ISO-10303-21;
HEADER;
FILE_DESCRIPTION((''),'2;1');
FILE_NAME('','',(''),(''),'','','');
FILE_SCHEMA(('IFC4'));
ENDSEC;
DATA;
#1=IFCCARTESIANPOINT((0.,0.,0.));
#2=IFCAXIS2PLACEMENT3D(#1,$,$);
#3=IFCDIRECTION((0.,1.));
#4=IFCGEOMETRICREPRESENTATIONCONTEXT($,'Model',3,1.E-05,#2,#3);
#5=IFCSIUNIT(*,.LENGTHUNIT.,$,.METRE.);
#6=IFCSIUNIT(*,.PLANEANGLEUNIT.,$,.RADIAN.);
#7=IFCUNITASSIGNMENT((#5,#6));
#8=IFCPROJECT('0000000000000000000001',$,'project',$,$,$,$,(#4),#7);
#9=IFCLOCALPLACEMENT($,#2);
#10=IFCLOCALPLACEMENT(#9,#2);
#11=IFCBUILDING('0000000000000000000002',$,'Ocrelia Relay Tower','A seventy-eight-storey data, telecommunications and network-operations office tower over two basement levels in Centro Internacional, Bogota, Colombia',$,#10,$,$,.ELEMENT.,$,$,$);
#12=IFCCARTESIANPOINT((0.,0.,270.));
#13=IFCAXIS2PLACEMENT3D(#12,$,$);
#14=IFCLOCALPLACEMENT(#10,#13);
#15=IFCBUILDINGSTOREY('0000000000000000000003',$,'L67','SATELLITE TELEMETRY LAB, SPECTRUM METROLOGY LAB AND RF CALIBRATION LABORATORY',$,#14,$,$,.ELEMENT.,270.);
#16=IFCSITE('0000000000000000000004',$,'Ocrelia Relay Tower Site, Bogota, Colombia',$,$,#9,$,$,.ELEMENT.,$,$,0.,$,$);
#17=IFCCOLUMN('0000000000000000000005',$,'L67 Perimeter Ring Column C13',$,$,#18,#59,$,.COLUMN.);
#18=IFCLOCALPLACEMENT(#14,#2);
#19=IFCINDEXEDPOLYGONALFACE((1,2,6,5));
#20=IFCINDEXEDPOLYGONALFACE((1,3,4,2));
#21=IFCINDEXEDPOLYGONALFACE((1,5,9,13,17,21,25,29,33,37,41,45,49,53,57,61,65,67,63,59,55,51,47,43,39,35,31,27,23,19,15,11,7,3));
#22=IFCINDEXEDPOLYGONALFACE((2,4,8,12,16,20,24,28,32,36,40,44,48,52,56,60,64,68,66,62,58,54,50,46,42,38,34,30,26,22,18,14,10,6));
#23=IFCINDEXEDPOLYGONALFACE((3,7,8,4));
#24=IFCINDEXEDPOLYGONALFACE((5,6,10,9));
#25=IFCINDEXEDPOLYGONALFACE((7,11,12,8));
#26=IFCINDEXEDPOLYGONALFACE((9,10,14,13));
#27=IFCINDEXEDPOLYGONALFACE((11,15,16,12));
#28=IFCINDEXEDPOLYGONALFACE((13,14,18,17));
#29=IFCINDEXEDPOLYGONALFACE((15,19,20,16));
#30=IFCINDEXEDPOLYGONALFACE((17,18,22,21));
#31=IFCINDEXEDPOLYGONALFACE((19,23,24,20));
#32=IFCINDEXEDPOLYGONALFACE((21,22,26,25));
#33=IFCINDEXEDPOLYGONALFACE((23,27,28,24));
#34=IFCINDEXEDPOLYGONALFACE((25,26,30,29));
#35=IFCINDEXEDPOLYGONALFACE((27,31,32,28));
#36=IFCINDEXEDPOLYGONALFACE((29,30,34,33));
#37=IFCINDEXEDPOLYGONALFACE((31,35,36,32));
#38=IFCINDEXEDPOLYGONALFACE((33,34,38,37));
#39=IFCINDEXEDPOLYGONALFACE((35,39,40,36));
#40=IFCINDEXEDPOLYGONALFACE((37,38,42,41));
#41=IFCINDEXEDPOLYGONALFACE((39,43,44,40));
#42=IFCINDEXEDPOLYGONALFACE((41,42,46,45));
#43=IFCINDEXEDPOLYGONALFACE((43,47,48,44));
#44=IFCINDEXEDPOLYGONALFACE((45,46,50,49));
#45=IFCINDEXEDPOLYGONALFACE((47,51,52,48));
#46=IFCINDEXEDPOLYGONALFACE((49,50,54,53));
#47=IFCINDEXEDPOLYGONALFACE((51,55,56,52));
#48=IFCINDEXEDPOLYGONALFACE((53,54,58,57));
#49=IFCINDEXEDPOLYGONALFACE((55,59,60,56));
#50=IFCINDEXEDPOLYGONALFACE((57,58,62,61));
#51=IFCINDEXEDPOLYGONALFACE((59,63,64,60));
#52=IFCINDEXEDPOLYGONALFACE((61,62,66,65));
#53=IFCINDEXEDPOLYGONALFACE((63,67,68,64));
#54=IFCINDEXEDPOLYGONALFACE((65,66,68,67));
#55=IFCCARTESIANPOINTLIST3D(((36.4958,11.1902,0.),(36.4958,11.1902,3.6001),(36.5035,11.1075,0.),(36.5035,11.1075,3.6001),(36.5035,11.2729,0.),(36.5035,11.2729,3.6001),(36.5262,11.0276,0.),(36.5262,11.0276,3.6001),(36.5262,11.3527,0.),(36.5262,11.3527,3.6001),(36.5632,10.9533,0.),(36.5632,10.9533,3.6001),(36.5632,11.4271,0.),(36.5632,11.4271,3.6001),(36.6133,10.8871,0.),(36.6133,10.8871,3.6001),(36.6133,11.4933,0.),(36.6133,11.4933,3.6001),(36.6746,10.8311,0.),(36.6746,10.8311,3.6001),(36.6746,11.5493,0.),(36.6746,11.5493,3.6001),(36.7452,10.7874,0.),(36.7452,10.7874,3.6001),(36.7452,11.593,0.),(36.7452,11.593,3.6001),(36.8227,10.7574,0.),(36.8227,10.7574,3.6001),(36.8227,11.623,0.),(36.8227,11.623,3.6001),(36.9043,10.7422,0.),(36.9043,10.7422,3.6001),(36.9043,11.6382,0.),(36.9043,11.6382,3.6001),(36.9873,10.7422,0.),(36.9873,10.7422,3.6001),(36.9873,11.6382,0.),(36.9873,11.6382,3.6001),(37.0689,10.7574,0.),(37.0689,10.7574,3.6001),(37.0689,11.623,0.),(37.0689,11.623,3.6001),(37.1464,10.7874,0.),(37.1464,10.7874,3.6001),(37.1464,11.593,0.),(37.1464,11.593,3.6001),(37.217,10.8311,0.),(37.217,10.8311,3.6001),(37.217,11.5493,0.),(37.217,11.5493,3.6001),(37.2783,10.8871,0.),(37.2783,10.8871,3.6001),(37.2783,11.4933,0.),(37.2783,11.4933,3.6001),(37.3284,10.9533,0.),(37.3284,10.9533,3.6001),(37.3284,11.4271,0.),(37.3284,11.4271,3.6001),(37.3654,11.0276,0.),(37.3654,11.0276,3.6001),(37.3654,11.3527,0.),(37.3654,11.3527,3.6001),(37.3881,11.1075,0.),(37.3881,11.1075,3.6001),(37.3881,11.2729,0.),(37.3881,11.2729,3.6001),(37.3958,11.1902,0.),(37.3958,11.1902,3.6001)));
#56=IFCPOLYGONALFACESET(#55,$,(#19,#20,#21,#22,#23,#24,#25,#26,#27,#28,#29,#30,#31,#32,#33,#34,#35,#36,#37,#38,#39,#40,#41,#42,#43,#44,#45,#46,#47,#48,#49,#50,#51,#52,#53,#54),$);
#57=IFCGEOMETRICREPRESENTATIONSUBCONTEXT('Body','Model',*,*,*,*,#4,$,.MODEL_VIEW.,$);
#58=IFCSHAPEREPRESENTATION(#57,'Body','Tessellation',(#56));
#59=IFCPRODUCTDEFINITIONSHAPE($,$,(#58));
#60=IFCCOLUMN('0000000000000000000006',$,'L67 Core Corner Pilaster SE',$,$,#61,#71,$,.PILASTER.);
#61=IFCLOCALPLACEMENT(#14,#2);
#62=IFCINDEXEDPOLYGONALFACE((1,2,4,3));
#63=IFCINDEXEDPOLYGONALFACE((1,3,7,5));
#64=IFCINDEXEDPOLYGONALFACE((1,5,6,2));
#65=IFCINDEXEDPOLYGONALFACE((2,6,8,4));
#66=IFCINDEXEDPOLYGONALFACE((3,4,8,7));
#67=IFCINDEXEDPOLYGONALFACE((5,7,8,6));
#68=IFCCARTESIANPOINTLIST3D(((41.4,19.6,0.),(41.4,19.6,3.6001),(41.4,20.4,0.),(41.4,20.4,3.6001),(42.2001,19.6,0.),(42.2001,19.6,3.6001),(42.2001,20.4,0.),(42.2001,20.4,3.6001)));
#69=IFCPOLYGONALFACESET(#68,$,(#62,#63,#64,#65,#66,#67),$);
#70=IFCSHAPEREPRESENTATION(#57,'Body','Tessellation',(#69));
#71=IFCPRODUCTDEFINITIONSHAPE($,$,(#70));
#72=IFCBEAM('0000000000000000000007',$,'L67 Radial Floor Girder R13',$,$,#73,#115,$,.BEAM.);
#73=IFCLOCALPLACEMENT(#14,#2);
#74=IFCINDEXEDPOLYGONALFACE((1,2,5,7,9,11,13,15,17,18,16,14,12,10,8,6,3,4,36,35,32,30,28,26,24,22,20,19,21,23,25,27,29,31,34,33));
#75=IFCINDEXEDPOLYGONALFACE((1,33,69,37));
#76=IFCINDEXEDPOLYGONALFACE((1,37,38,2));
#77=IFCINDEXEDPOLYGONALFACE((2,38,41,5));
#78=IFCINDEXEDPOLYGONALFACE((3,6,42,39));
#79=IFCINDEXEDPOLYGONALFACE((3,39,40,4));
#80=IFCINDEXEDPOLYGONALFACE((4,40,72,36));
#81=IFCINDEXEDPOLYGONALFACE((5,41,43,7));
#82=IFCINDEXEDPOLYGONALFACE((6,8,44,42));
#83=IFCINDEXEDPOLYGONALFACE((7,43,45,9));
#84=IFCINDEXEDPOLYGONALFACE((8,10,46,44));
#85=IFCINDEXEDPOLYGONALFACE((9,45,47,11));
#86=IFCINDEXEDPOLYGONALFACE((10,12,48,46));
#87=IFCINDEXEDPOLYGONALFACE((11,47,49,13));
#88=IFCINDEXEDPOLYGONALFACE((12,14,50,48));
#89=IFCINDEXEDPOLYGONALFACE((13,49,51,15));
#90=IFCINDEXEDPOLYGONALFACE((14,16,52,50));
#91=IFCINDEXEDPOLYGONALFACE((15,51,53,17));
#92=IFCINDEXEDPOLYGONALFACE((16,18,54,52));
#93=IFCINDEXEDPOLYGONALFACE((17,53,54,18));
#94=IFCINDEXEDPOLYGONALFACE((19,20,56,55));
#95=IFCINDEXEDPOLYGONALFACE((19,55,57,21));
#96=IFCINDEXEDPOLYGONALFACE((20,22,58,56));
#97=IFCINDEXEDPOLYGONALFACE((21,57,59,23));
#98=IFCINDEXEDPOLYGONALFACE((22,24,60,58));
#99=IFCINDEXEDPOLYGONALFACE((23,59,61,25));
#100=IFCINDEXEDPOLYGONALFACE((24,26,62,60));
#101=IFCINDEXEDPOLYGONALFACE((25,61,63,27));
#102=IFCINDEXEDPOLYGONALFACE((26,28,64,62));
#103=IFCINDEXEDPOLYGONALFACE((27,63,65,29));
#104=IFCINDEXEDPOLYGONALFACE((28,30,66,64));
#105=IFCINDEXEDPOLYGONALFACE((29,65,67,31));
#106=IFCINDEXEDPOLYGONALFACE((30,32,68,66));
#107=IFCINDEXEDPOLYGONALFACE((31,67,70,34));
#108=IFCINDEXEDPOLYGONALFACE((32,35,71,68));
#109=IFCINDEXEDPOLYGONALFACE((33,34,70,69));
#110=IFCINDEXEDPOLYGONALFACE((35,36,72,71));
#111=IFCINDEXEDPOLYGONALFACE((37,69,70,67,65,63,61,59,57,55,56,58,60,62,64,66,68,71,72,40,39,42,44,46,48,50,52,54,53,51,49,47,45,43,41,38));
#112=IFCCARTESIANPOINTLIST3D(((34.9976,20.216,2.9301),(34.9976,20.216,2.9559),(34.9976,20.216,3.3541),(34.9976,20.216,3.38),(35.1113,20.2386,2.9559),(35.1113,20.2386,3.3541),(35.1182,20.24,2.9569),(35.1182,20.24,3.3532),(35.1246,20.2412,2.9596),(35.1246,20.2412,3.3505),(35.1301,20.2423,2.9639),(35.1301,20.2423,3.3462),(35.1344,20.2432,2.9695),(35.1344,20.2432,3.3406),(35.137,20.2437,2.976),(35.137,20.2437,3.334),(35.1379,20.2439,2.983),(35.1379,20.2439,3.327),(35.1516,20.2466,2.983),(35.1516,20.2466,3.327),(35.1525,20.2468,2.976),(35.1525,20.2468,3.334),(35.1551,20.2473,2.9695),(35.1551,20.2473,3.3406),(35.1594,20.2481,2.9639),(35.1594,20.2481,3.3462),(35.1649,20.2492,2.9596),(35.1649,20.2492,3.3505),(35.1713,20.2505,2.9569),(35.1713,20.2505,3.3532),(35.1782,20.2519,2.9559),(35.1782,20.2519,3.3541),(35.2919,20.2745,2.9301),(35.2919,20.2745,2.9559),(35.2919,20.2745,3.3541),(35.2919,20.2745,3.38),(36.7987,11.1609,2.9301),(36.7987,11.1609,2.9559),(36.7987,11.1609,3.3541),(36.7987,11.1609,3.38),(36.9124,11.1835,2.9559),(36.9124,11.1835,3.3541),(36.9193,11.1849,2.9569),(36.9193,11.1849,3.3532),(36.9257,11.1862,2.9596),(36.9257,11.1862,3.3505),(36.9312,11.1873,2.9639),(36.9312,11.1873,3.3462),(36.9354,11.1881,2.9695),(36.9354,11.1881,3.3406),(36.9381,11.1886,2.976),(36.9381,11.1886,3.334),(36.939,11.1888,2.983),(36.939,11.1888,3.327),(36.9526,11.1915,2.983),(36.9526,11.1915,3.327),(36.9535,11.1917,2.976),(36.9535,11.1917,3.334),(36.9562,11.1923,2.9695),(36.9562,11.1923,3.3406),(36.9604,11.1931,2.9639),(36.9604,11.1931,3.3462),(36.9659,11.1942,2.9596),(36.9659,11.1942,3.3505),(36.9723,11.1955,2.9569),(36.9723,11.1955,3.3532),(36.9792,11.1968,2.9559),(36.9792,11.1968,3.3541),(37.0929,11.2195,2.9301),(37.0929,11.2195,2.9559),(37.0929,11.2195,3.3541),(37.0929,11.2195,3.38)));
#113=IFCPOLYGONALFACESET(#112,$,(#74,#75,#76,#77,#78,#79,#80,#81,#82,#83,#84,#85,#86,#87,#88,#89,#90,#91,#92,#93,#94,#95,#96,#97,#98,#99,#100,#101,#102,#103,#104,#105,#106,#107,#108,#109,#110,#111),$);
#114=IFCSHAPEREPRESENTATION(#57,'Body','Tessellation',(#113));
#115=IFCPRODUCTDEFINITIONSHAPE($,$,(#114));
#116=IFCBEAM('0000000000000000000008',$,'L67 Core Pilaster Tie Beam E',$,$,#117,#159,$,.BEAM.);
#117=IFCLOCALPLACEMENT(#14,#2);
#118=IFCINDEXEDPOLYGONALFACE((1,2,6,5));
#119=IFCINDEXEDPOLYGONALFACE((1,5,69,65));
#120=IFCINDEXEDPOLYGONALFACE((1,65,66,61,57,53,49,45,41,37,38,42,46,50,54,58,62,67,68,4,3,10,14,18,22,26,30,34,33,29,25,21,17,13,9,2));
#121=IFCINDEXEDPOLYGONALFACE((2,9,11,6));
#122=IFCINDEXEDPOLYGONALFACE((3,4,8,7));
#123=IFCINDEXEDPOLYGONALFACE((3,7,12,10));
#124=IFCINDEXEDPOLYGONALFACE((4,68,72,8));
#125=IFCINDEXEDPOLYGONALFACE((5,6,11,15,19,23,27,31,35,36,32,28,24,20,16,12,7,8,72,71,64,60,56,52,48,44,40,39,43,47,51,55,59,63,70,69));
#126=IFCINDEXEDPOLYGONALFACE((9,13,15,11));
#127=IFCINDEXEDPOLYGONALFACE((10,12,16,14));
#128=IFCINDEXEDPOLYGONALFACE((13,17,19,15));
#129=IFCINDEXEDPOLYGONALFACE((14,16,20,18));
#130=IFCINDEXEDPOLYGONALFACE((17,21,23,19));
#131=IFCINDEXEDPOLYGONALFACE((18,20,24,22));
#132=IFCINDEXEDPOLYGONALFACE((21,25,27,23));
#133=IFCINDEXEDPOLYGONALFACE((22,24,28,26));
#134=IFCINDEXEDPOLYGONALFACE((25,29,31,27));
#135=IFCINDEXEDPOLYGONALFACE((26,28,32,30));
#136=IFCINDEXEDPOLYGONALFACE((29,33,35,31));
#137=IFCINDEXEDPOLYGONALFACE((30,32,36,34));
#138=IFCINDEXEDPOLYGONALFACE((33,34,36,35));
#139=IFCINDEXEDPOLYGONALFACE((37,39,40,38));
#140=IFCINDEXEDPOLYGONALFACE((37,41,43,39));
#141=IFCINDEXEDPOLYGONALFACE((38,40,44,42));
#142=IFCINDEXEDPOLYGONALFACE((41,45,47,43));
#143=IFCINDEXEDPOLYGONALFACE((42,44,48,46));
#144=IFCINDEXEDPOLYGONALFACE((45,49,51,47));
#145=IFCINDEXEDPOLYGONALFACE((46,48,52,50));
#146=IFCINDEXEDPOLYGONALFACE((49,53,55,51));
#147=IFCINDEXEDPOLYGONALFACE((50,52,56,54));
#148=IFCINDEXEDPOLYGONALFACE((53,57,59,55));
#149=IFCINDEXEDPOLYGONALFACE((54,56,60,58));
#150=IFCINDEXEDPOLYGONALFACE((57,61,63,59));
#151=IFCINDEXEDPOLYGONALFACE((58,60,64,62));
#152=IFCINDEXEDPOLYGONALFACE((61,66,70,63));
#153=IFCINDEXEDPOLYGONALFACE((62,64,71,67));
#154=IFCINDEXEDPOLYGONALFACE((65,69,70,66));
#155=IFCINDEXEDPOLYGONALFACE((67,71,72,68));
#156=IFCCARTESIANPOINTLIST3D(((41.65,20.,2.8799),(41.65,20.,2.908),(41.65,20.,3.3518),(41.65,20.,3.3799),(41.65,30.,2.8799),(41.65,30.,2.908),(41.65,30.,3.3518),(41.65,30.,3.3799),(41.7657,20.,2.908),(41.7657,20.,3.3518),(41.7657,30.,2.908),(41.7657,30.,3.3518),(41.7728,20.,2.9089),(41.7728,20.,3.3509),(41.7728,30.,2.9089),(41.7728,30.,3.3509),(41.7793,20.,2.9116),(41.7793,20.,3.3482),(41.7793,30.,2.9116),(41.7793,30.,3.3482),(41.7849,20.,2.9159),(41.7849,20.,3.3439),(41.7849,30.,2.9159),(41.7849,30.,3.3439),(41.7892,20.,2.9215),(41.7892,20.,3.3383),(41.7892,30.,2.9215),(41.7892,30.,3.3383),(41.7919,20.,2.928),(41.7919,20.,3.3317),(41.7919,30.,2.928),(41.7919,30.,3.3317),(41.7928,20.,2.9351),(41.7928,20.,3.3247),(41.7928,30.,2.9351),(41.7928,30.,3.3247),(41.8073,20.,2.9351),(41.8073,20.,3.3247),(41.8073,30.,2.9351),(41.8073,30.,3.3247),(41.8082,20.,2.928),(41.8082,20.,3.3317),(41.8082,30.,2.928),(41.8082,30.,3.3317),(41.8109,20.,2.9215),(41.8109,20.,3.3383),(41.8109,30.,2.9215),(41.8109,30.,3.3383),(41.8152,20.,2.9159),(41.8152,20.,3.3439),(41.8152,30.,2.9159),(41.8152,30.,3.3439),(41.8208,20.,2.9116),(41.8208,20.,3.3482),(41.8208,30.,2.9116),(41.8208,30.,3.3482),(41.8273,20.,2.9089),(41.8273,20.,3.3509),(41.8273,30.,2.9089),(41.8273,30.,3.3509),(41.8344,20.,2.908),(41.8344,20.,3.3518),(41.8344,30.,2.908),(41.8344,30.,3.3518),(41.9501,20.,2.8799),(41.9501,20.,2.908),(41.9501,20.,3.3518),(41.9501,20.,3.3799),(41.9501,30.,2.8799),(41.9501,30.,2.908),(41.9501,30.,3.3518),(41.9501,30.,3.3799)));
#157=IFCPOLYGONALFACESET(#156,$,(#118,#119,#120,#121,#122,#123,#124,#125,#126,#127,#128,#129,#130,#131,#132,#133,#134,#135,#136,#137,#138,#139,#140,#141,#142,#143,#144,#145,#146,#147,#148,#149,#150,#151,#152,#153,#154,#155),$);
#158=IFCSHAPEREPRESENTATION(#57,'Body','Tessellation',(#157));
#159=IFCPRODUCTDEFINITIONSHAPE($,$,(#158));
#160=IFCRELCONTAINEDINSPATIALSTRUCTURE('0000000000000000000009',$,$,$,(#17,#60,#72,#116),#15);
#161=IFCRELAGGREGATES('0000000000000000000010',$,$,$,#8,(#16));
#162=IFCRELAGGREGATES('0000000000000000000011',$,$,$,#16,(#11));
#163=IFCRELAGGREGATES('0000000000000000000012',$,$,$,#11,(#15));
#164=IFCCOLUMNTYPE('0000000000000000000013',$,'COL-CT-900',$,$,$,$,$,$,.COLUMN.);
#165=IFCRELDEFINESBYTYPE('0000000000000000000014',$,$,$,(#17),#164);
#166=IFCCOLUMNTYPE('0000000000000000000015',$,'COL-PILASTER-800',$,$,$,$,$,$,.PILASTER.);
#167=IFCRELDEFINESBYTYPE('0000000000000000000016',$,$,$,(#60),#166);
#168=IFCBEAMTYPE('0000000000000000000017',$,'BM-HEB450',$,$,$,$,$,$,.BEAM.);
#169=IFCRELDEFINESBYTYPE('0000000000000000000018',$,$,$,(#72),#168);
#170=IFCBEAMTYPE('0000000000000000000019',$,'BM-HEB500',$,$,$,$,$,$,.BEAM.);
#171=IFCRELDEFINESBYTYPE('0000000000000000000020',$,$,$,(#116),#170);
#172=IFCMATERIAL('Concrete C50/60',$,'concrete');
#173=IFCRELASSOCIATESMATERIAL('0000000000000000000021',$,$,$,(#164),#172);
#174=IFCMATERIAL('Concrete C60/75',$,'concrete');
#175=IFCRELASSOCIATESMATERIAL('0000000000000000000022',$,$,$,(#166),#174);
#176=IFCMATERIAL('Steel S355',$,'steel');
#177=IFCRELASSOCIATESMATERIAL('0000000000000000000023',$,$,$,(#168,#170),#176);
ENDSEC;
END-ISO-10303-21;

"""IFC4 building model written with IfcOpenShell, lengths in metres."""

from ifc_helpers import new_model, si_unit, direction, frame, origin, origin_2d, place, context, subcontext, project, spatial, rectangle, circle, i_section, extrude, material, material_profile, profile_set, type_object, element, save


model = new_model("IFC4")

# Units and contexts
model_context = context("Model", 3, precision=1e-05, world=origin(), true_north=direction((0.0, 1.0)))
body_context = subcontext(model_context, "Body", "Model", "MODEL_VIEW")
ifc_project = project(units=[si_unit("LENGTHUNIT", "METRE"), si_unit("PLANEANGLEUNIT", "RADIAN")], contexts=[model_context])

# Site, building, storey
site_placement = place(None, origin())
site = spatial("IfcSite", under=ifc_project, at=site_placement, Name="Ocrelia Relay Tower Site, Bogota, Colombia", CompositionType="ELEMENT", RefElevation=0.0)
building_placement = place(site_placement, origin())
building = spatial("IfcBuilding", under=site, at=building_placement, Name="Ocrelia Relay Tower", Description="A seventy-eight-storey data, telecommunications and network-operations office tower over two basement levels in Centro Internacional, Bogota, Colombia", CompositionType="ELEMENT")
storey_placement = place(building_placement, frame((0.0, 0.0, 270.0)))
storey = spatial("IfcBuildingStorey", under=building, at=storey_placement, Name="L67", Description="SATELLITE TELEMETRY LAB, SPECTRUM METROLOGY LAB AND RF CALIBRATION LABORATORY", CompositionType="ELEMENT", Elevation=270.0)

# Columns
ifc_material_1 = material(Name="Concrete C50/60", Category="concrete")
ifc_material_profile_1 = material_profile(ifc_material_1, circle(Radius=0.45, at=origin_2d()), Name="RC-CIR-900")
ifc_profile_set_1 = profile_set([ifc_material_profile_1], Name="Concrete C50/60")
column_type_1 = type_object("IfcColumnType", Name="COL-CT-900", PredefinedType="COLUMN", material=ifc_profile_set_1)
column_1_placement = place(storey_placement, frame((36.9458, 11.1902, 0.0), z_axis=(0.0, 0.0, 1.0), x_axis=(1.0, 0.0, 0.0)))
element("IfcColumn", 1, at=column_1_placement, inside=storey, type_object=column_type_1, Name="L67 Perimeter Ring Column C13", PredefinedType="COLUMN", context=body_context, shape_type="SweptSolid", body=[
    extrude(circle(Radius=0.45, at=origin_2d()), origin(), (0.0, 0.0, 1.0), 3.6001),
])
ifc_material_2 = material(Name="Concrete C60/75", Category="concrete")
ifc_material_profile_2 = material_profile(ifc_material_2, rectangle(XDim=0.8, YDim=0.8, at=origin_2d()), Name="RC-COL-800x800")
ifc_profile_set_2 = profile_set([ifc_material_profile_2], Name="Concrete C60/75")
column_type_2 = type_object("IfcColumnType", Name="COL-PILASTER-800", PredefinedType="PILASTER", material=ifc_profile_set_2)
column_2_placement = place(storey_placement, frame((41.8, 20.0, 0.0), z_axis=(0.0, 0.0, 1.0), x_axis=(1.0, 0.0, 0.0)))
element("IfcColumn", 2, at=column_2_placement, inside=storey, type_object=column_type_2, Name="L67 Core Corner Pilaster SE", PredefinedType="PILASTER", context=body_context, shape_type="SweptSolid", body=[
    extrude(rectangle(XDim=0.8, YDim=0.8, at=origin_2d()), origin(), (0.0, 0.0, 1.0), 3.6001),
])

# Beams
ifc_material_3 = material(Name="Steel S355", Category="steel")
ifc_material_profile_3 = material_profile(ifc_material_3, i_section(OverallWidth=0.3, OverallDepth=0.45, WebThickness=0.0139, FlangeThickness=0.0259, FilletRadius=0.0271, at=origin_2d()), Name="HEB 450")
ifc_profile_set_3 = profile_set([ifc_material_profile_3], Name="Steel S355")
beam_type_1 = type_object("IfcBeamType", Name="BM-HEB450", PredefinedType="BEAM", material=ifc_profile_set_3)
beam_1_placement = place(storey_placement, frame((36.9458, 11.1902, 3.155), z_axis=(-0.195079, 0.980788, 0.0), x_axis=(-0.980788, -0.195079, 0.0)))
element("IfcBeam", 3, at=beam_1_placement, inside=storey, type_object=beam_type_1, Name="L67 Radial Floor Girder R13", PredefinedType="BEAM", context=body_context, shape_type="SweptSolid", body=[
    extrude(i_section(OverallWidth=0.3, OverallDepth=0.45, WebThickness=0.0139, FlangeThickness=0.0259, FilletRadius=0.0271, at=origin_2d()), origin(), (0.0, 0.0, 1.0), 9.2324),
])
ifc_material_profile_4 = material_profile(ifc_material_3, i_section(OverallWidth=0.3, OverallDepth=0.5, WebThickness=0.0144, FlangeThickness=0.0281, FilletRadius=0.0271, at=origin_2d()), Name="HEB 500")
ifc_profile_set_4 = profile_set([ifc_material_profile_4], Name="Steel S355")
beam_type_2 = type_object("IfcBeamType", Name="BM-HEB500", PredefinedType="BEAM", material=ifc_profile_set_4)
beam_2_placement = place(storey_placement, frame((41.8, 20.0, 3.1299), z_axis=(0.0, 1.0, 0.0), x_axis=(-1.0, 0.0, 0.0)))
element("IfcBeam", 4, at=beam_2_placement, inside=storey, type_object=beam_type_2, Name="L67 Core Pilaster Tie Beam E", PredefinedType="BEAM", context=body_context, shape_type="SweptSolid", body=[
    extrude(i_section(OverallWidth=0.3, OverallDepth=0.5, WebThickness=0.0144, FlangeThickness=0.0281, FilletRadius=0.0271, at=origin_2d()), origin(), (0.0, 0.0, 1.0), 10.0),
])

save(model, "model.ifc")
